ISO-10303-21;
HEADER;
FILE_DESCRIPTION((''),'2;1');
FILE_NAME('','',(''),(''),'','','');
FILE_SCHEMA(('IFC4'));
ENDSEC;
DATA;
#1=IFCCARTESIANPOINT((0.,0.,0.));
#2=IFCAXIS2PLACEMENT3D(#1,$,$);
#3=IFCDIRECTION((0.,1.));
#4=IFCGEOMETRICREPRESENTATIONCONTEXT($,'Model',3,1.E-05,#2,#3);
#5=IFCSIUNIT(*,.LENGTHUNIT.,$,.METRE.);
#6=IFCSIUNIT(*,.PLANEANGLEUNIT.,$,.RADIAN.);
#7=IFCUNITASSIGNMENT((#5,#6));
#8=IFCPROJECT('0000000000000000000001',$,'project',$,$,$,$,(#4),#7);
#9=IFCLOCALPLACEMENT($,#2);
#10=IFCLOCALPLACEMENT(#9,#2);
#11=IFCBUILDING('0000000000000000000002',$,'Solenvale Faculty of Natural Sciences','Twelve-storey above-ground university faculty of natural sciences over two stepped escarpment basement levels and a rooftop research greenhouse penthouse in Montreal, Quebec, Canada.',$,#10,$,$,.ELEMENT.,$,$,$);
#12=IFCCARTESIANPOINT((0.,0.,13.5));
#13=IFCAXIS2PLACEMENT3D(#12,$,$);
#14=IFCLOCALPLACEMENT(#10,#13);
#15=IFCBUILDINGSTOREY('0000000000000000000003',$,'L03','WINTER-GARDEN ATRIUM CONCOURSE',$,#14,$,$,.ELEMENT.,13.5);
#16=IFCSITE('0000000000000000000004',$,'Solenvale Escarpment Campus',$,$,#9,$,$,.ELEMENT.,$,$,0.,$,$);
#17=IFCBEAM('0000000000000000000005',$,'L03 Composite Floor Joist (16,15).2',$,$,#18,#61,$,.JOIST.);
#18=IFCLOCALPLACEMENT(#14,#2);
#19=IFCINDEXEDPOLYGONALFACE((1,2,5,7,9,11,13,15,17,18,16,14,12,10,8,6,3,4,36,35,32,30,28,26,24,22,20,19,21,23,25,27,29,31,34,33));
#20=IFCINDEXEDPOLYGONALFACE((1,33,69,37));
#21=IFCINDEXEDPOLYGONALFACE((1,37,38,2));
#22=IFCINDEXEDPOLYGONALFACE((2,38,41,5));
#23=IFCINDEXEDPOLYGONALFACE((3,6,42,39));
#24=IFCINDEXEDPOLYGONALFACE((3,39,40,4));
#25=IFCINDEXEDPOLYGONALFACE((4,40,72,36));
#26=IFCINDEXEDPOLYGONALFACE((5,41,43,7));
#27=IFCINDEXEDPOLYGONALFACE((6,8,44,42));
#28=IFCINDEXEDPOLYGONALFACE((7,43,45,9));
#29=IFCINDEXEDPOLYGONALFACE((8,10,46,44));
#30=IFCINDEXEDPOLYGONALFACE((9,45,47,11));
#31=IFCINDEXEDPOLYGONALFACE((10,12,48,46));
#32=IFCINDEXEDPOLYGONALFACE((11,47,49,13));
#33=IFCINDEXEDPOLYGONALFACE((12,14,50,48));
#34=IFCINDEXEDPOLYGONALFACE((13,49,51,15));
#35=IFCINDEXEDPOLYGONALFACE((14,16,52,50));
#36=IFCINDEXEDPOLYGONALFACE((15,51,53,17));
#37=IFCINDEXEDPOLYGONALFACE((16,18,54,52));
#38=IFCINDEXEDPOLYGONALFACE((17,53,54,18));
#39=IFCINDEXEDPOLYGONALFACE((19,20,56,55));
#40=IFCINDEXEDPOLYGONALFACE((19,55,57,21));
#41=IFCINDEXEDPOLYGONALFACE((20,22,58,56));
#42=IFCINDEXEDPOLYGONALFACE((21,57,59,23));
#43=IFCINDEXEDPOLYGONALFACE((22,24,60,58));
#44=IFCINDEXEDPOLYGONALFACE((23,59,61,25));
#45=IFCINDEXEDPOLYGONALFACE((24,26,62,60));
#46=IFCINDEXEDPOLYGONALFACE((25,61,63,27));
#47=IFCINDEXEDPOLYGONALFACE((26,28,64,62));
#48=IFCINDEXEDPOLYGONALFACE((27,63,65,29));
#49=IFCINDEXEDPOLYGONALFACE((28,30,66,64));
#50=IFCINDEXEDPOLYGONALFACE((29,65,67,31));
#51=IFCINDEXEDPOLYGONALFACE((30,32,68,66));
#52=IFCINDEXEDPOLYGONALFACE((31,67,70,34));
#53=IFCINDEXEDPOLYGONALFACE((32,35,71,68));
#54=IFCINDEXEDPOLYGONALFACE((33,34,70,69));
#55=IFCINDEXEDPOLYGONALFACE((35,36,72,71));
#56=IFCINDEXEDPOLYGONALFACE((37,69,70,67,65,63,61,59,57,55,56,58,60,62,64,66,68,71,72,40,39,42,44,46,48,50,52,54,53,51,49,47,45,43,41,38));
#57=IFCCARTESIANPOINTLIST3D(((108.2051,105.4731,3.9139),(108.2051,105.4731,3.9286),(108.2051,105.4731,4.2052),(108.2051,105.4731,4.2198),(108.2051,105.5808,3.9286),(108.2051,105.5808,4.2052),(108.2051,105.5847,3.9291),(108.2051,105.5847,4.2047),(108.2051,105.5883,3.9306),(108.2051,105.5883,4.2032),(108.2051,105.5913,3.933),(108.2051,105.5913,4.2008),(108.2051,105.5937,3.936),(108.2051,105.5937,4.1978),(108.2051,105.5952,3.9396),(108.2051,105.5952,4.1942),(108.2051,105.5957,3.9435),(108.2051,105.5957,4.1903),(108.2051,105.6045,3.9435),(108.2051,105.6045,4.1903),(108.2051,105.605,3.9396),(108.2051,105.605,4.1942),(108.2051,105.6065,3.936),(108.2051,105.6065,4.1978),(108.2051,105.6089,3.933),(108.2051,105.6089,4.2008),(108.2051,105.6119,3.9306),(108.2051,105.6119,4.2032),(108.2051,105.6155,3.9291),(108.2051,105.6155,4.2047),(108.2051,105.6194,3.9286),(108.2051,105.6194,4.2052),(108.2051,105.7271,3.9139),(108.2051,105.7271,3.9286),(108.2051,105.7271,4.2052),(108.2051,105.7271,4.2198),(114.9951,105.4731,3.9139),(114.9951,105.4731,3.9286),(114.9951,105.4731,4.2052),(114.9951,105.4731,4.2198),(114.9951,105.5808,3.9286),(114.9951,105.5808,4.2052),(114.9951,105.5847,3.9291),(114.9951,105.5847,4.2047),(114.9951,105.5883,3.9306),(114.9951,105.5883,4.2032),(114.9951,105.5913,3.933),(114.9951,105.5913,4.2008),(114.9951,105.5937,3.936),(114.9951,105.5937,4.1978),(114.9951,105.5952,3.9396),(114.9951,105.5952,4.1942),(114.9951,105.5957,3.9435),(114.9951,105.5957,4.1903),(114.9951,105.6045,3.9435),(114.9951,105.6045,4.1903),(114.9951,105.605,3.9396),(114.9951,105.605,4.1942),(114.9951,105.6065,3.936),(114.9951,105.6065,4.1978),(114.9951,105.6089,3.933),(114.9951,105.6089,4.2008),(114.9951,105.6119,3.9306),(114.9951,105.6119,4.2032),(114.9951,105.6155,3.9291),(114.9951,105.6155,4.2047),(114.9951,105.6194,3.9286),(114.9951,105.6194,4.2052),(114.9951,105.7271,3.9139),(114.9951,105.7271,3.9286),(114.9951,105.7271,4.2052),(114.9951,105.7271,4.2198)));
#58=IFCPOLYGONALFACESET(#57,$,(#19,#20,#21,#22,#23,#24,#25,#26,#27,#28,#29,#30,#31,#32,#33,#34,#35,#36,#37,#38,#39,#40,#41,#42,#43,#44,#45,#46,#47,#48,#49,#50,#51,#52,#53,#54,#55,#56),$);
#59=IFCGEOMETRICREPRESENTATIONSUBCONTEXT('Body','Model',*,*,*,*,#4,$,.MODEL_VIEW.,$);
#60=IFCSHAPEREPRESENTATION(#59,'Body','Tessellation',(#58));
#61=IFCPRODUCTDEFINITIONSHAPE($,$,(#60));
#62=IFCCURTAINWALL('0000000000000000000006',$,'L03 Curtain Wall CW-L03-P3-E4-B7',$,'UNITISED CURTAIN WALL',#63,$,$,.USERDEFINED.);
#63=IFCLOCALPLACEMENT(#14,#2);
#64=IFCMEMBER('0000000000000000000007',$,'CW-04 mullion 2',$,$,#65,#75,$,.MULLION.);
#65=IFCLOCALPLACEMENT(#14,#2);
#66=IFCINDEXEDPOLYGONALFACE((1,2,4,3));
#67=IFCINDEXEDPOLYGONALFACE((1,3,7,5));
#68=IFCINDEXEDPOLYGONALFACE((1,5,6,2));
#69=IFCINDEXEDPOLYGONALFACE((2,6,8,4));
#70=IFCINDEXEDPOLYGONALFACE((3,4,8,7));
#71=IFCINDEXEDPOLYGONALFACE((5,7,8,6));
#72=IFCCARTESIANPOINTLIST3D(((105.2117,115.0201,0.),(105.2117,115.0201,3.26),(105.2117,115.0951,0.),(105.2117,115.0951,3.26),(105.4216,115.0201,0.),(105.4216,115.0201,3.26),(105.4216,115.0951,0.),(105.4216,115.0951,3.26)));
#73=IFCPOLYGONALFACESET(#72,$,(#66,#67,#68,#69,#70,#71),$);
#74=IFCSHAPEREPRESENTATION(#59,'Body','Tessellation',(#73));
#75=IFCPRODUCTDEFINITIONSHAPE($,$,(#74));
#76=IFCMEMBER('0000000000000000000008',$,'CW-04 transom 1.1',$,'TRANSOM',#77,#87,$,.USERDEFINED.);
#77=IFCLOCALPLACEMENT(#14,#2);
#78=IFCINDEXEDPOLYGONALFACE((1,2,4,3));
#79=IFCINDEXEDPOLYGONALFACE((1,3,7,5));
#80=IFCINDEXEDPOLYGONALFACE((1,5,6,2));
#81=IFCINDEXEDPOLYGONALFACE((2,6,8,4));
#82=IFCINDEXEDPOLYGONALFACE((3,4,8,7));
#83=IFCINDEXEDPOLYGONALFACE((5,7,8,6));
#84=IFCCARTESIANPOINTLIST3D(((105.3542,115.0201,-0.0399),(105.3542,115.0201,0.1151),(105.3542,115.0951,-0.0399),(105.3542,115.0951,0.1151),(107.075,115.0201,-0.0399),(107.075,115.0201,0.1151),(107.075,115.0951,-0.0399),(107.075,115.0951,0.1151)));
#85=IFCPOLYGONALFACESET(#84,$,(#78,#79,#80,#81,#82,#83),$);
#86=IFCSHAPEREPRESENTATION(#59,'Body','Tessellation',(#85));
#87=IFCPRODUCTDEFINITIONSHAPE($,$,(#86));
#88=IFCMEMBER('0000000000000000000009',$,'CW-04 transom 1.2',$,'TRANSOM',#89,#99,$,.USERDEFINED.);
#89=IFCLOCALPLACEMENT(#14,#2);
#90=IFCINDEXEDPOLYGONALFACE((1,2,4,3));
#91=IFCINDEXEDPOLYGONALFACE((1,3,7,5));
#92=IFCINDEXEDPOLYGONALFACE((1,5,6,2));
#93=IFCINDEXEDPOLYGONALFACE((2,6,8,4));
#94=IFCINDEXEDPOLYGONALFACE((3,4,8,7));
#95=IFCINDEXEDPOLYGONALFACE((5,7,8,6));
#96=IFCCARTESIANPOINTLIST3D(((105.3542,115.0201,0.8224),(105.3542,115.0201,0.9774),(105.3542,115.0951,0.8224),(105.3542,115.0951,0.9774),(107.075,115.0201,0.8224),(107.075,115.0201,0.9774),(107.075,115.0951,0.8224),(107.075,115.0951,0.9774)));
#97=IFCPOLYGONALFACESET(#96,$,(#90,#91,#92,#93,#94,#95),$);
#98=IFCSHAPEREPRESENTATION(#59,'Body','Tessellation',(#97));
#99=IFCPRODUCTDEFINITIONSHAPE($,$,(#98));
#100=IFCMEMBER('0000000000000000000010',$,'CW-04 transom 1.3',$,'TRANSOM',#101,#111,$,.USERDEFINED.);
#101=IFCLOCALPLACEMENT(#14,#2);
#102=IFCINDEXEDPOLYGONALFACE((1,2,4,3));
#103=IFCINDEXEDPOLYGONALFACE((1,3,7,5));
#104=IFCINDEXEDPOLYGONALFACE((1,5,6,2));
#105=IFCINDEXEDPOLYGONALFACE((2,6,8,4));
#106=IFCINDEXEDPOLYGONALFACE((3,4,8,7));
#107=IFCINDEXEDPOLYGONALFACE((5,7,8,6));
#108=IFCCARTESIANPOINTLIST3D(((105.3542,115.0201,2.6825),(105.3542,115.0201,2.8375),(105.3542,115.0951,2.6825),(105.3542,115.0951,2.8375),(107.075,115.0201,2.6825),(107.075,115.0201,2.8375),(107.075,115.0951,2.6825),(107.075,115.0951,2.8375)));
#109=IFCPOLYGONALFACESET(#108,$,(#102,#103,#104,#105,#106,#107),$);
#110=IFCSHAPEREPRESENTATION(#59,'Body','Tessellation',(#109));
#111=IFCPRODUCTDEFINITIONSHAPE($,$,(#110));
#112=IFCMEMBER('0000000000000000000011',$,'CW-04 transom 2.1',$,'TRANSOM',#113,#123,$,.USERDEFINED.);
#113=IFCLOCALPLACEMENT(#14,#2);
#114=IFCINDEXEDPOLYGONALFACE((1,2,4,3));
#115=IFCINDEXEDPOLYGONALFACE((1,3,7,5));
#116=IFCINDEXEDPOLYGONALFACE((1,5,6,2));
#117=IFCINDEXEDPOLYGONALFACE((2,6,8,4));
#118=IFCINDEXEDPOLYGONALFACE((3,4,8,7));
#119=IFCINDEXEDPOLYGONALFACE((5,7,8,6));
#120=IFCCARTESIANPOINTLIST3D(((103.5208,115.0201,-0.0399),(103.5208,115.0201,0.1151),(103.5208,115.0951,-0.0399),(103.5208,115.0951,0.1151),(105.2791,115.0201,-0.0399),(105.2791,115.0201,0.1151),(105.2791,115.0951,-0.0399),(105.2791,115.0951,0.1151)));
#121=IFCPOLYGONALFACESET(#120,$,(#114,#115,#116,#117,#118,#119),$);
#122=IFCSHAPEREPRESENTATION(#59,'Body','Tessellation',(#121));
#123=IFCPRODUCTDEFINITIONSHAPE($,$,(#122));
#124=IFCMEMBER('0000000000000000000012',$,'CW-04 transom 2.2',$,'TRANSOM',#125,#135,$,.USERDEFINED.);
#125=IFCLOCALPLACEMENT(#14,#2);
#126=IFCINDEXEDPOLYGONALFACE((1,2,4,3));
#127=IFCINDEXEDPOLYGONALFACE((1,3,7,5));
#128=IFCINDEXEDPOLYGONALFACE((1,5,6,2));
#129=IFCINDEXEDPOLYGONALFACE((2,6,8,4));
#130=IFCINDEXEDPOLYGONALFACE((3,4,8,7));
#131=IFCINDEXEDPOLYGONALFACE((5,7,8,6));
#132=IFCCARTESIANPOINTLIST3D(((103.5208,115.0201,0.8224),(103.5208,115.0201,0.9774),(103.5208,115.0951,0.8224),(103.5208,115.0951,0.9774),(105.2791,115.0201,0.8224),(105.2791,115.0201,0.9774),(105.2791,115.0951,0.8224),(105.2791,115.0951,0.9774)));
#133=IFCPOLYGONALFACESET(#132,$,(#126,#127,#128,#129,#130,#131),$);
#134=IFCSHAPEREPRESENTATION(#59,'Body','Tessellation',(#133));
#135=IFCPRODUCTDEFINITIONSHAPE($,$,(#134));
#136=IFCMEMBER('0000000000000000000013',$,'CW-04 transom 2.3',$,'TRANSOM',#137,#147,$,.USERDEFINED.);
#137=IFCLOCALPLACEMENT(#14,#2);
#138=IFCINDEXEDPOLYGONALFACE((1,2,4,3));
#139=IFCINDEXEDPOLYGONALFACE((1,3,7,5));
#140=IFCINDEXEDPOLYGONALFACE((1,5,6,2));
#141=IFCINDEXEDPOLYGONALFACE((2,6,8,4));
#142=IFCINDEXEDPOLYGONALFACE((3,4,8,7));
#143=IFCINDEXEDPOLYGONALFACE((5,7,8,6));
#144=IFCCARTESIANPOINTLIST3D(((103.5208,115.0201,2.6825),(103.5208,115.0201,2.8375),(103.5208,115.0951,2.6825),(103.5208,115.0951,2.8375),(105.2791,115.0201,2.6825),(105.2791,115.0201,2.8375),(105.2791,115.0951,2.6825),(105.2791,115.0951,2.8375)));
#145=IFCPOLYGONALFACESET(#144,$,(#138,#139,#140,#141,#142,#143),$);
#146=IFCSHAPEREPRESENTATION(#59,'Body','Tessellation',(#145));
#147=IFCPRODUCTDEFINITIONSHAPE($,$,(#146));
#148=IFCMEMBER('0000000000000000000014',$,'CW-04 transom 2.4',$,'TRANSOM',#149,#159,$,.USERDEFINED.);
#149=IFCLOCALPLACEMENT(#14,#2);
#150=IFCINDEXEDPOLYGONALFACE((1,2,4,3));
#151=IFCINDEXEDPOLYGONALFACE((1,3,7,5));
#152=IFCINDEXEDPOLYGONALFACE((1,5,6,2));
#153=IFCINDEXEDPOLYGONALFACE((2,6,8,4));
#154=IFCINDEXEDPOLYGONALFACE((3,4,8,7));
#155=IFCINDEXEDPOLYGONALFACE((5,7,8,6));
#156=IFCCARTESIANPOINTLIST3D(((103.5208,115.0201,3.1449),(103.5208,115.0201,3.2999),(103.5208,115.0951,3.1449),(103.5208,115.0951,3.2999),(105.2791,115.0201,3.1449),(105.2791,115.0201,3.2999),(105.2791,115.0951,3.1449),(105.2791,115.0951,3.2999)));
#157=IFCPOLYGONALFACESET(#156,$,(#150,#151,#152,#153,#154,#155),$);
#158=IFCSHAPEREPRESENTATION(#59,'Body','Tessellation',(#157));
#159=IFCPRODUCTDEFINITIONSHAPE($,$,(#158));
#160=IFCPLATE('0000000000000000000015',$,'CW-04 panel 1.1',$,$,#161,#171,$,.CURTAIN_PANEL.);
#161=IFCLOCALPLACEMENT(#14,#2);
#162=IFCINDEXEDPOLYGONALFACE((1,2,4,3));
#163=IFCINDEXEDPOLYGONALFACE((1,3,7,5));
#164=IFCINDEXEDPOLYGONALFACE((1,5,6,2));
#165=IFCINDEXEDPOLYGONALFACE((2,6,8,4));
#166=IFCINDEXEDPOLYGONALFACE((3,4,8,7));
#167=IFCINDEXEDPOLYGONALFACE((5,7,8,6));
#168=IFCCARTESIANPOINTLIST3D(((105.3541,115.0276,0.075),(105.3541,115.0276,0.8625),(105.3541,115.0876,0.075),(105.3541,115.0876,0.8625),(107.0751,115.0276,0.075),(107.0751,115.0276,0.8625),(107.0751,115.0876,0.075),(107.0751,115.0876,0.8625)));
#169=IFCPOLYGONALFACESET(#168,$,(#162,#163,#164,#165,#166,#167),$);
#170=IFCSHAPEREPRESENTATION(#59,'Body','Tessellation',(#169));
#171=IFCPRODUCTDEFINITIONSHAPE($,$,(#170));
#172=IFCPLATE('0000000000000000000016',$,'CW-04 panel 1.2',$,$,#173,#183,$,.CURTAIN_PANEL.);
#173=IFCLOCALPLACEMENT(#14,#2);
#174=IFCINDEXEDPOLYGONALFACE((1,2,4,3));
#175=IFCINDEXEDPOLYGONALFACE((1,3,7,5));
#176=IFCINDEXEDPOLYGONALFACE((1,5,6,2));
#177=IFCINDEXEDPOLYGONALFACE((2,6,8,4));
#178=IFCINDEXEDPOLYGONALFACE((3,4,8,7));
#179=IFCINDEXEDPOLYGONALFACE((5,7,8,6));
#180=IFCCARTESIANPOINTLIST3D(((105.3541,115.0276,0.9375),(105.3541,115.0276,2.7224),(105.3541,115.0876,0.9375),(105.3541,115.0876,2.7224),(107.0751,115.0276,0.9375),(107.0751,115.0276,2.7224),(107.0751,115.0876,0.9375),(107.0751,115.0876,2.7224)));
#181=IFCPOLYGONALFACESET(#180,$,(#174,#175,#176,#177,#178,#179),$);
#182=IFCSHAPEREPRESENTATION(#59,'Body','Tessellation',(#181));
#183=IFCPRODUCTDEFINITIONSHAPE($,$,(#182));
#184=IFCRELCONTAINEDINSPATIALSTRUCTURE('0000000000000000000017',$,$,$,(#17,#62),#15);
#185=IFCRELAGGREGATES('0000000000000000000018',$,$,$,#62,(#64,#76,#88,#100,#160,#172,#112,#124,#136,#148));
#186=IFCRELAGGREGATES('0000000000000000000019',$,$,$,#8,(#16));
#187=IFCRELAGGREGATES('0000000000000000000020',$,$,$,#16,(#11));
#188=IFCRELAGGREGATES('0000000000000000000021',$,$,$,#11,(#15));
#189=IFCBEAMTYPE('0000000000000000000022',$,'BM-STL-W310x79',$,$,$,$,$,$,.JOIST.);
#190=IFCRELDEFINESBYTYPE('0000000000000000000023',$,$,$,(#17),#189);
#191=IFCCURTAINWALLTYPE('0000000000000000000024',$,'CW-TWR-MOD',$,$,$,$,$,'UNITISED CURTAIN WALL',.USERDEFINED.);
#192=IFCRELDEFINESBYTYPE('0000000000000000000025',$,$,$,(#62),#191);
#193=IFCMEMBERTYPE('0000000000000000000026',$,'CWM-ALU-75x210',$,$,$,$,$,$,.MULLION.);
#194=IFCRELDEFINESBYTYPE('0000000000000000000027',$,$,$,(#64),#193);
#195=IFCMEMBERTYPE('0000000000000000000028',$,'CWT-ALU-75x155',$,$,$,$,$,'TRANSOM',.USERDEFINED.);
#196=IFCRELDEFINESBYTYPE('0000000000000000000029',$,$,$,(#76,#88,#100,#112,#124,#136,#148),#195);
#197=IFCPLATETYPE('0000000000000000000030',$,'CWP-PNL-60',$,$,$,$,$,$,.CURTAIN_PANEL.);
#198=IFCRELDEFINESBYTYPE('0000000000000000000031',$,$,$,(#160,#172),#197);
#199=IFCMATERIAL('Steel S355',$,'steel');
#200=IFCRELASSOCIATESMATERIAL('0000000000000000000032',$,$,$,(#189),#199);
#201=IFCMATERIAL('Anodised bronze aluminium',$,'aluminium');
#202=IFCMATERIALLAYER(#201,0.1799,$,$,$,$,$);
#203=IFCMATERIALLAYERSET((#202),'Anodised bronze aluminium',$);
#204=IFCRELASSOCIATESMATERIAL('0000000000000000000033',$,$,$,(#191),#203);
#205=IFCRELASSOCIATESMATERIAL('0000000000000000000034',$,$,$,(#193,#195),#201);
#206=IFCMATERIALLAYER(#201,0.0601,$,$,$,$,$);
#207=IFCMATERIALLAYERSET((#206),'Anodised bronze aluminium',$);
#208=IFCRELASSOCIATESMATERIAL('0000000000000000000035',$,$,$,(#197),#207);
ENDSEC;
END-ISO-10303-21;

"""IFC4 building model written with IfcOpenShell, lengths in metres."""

from ifc_helpers import new_model, si_unit, direction, frame, origin, origin_2d, place, context, subcontext, project, spatial, rectangle, i_section, extrude, material, layer, layer_set, material_profile, profile_set, type_object, element, aggregate, save


model = new_model("IFC4")

# Units and contexts
model_context = context("Model", 3, precision=1e-05, world=origin(), true_north=direction((0.0, 1.0)))
body_context = subcontext(model_context, "Body", "Model", "MODEL_VIEW")
ifc_project = project(units=[si_unit("LENGTHUNIT", "METRE"), si_unit("PLANEANGLEUNIT", "RADIAN")], contexts=[model_context])

# Site, building, storey
site_placement = place(None, origin())
site = spatial("IfcSite", under=ifc_project, at=site_placement, Name="Solenvale Escarpment Campus", CompositionType="ELEMENT", RefElevation=0.0)
building_placement = place(site_placement, origin())
building = spatial("IfcBuilding", under=site, at=building_placement, Name="Solenvale Faculty of Natural Sciences", Description="Twelve-storey above-ground university faculty of natural sciences over two stepped escarpment basement levels and a rooftop research greenhouse penthouse in Montreal, Quebec, Canada.", CompositionType="ELEMENT")
storey_placement = place(building_placement, frame((0.0, 0.0, 13.5)))
storey = spatial("IfcBuildingStorey", under=building, at=storey_placement, Name="L03", Description="WINTER-GARDEN ATRIUM CONCOURSE", CompositionType="ELEMENT", Elevation=13.5)

# Beam
ifc_material_1 = material(Name="Steel S355", Category="steel")
ifc_material_profile_1 = material_profile(ifc_material_1, i_section(OverallWidth=0.2539, OverallDepth=0.3059, WebThickness=0.0088, FlangeThickness=0.0146, FilletRadius=0.0149, at=origin_2d()), Name="W310x79")
ifc_profile_set_1 = profile_set([ifc_material_profile_1], Name="Steel S355")
beam_type_1 = type_object("IfcBeamType", Name="BM-STL-W310x79", PredefinedType="JOIST", material=ifc_profile_set_1)
for number, where, z_axis, x_axis, name in (
    (1, (108.2051, 105.6001, 4.0669), (1.0, 0.0, 0.0), (0.0, 1.0, 0.0), "L03 Composite Floor Joist (16,15).2"),
):
    element("IfcBeam", number, at=place(storey_placement, frame(where, z_axis=z_axis, x_axis=x_axis)), inside=storey, type_object=beam_type_1, Name=name, PredefinedType="JOIST", context=body_context, shape_type="SweptSolid", body=[
        extrude(i_section(OverallWidth=0.2539, OverallDepth=0.3059, WebThickness=0.0088, FlangeThickness=0.0146, FilletRadius=0.0149, at=origin_2d()), origin(), (0.0, 0.0, 1.0), 6.79),
    ])

# Curtain wall, members, plates
ifc_material_2 = material(Name="Anodised bronze aluminium", Category="aluminium")
ifc_layer_1 = layer(ifc_material_2, 0.1799)
ifc_layer_set_1 = layer_set([ifc_layer_1], Name="Anodised bronze aluminium")
curtain_wall_type = type_object("IfcCurtainWallType", Name="CW-TWR-MOD", ElementType="UNITISED CURTAIN WALL", PredefinedType="USERDEFINED", material=ifc_layer_set_1)
curtain_wall_placement = place(storey_placement, origin())
curtain_wall = element("IfcCurtainWall", 2, at=curtain_wall_placement, inside=storey, type_object=curtain_wall_type, Name="L03 Curtain Wall CW-L03-P3-E4-B7", ObjectType="UNITISED CURTAIN WALL", PredefinedType="USERDEFINED")
ifc_material_profile_2 = material_profile(ifc_material_2, rectangle(XDim=0.075, YDim=0.21, at=origin_2d()), Name="ALU-MUL-75x210")
ifc_profile_set_2 = profile_set([ifc_material_profile_2], Name="Anodised bronze aluminium")
member_type_1 = type_object("IfcMemberType", Name="CWM-ALU-75x210", PredefinedType="MULLION", material=ifc_profile_set_2)
member_1_placement = place(storey_placement, frame((105.3167, 115.0576, 0.0), z_axis=(0.0, 0.0, 1.0), x_axis=(0.0, -1.0, 0.0)))
member_1 = element("IfcMember", 3, at=member_1_placement, type_object=member_type_1, Name="CW-04 mullion 2", PredefinedType="MULLION", context=body_context, shape_type="SweptSolid", body=[
    extrude(rectangle(XDim=0.075, YDim=0.21, at=origin_2d()), origin(), (0.0, 0.0, 1.0), 3.26),
])
ifc_material_profile_3 = material_profile(ifc_material_2, rectangle(XDim=0.075, YDim=0.155, at=origin_2d()), Name="ALU-TRN-75x155")
ifc_profile_set_3 = profile_set([ifc_material_profile_3], Name="Anodised bronze aluminium")
member_type_2 = type_object("IfcMemberType", Name="CWT-ALU-75x155", ElementType="TRANSOM", PredefinedType="USERDEFINED", material=ifc_profile_set_3)
member_2_placement = place(storey_placement, frame((107.075, 115.0576, 0.0376), z_axis=(-1.0, 0.0, 0.0), x_axis=(0.0, -1.0, 0.0)))
member_2 = element("IfcMember", 4, at=member_2_placement, type_object=member_type_2, Name="CW-04 transom 1.1", ObjectType="TRANSOM", PredefinedType="USERDEFINED", context=body_context, shape_type="SweptSolid", body=[
    extrude(rectangle(XDim=0.075, YDim=0.155, at=origin_2d()), origin(), (0.0, 0.0, 1.0), 1.7207),
])
member_3_placement = place(storey_placement, frame((107.075, 115.0576, 0.8999), z_axis=(-1.0, 0.0, 0.0), x_axis=(0.0, -1.0, 0.0)))
member_3 = element("IfcMember", 5, at=member_3_placement, type_object=member_type_2, Name="CW-04 transom 1.2", ObjectType="TRANSOM", PredefinedType="USERDEFINED", context=body_context, shape_type="SweptSolid", body=[
    extrude(rectangle(XDim=0.075, YDim=0.155, at=origin_2d()), origin(), (0.0, 0.0, 1.0), 1.7207),
])
member_4_placement = place(storey_placement, frame((107.075, 115.0576, 2.76), z_axis=(-1.0, 0.0, 0.0), x_axis=(0.0, -1.0, 0.0)))
member_4 = element("IfcMember", 6, at=member_4_placement, type_object=member_type_2, Name="CW-04 transom 1.3", ObjectType="TRANSOM", PredefinedType="USERDEFINED", context=body_context, shape_type="SweptSolid", body=[
    extrude(rectangle(XDim=0.075, YDim=0.155, at=origin_2d()), origin(), (0.0, 0.0, 1.0), 1.7207),
])
member_5_placement = place(storey_placement, frame((105.2791, 115.0576, 0.0376), z_axis=(-1.0, 0.0, 0.0), x_axis=(0.0, -1.0, 0.0)))
member_5 = element("IfcMember", 7, at=member_5_placement, type_object=member_type_2, Name="CW-04 transom 2.1", ObjectType="TRANSOM", PredefinedType="USERDEFINED", context=body_context, shape_type="SweptSolid", body=[
    extrude(rectangle(XDim=0.075, YDim=0.155, at=origin_2d()), origin(), (0.0, 0.0, 1.0), 1.7583),
])
member_6_placement = place(storey_placement, frame((105.2791, 115.0576, 0.8999), z_axis=(-1.0, 0.0, 0.0), x_axis=(0.0, -1.0, 0.0)))
member_6 = element("IfcMember", 8, at=member_6_placement, type_object=member_type_2, Name="CW-04 transom 2.2", ObjectType="TRANSOM", PredefinedType="USERDEFINED", context=body_context, shape_type="SweptSolid", body=[
    extrude(rectangle(XDim=0.075, YDim=0.155, at=origin_2d()), origin(), (0.0, 0.0, 1.0), 1.7583),
])
member_7_placement = place(storey_placement, frame((105.2791, 115.0576, 2.76), z_axis=(-1.0, 0.0, 0.0), x_axis=(0.0, -1.0, 0.0)))
member_7 = element("IfcMember", 9, at=member_7_placement, type_object=member_type_2, Name="CW-04 transom 2.3", ObjectType="TRANSOM", PredefinedType="USERDEFINED", context=body_context, shape_type="SweptSolid", body=[
    extrude(rectangle(XDim=0.075, YDim=0.155, at=origin_2d()), origin(), (0.0, 0.0, 1.0), 1.7583),
])
member_8_placement = place(storey_placement, frame((105.2791, 115.0576, 3.2224), z_axis=(-1.0, 0.0, 0.0), x_axis=(0.0, -1.0, 0.0)))
member_8 = element("IfcMember", 10, at=member_8_placement, type_object=member_type_2, Name="CW-04 transom 2.4", ObjectType="TRANSOM", PredefinedType="USERDEFINED", context=body_context, shape_type="SweptSolid", body=[
    extrude(rectangle(XDim=0.075, YDim=0.155, at=origin_2d()), origin(), (0.0, 0.0, 1.0), 1.7583),
])
ifc_layer_2 = layer(ifc_material_2, 0.0601)
ifc_layer_set_2 = layer_set([ifc_layer_2], Name="Anodised bronze aluminium")
plate_type = type_object("IfcPlateType", Name="CWP-PNL-60", PredefinedType="CURTAIN_PANEL", material=ifc_layer_set_2)
plate_1_placement = place(storey_placement, frame((106.2146, 115.0576, 0.075), z_axis=(0.0, 0.0, 1.0), x_axis=(-1.0, 0.0, 0.0)))
plate_1 = element("IfcPlate", 11, at=plate_1_placement, type_object=plate_type, Name="CW-04 panel 1.1", PredefinedType="CURTAIN_PANEL", context=body_context, shape_type="SweptSolid", body=[
    extrude(rectangle(XDim=1.7209, YDim=0.0601, at=origin_2d()), origin(), (0.0, 0.0, 1.0), 0.7876),
])
plate_2_placement = place(storey_placement, frame((106.2146, 115.0576, 0.9375), z_axis=(0.0, 0.0, 1.0), x_axis=(-1.0, 0.0, 0.0)))
plate_2 = element("IfcPlate", 12, at=plate_2_placement, type_object=plate_type, Name="CW-04 panel 1.2", PredefinedType="CURTAIN_PANEL", context=body_context, shape_type="SweptSolid", body=[
    extrude(rectangle(XDim=1.7209, YDim=0.0601, at=origin_2d()), origin(), (0.0, 0.0, 1.0), 1.7849),
])
aggregate(curtain_wall, [member_1, member_2, member_3, member_4, plate_1, plate_2, member_5, member_6, member_7, member_8])

save(model, "model.ifc")
